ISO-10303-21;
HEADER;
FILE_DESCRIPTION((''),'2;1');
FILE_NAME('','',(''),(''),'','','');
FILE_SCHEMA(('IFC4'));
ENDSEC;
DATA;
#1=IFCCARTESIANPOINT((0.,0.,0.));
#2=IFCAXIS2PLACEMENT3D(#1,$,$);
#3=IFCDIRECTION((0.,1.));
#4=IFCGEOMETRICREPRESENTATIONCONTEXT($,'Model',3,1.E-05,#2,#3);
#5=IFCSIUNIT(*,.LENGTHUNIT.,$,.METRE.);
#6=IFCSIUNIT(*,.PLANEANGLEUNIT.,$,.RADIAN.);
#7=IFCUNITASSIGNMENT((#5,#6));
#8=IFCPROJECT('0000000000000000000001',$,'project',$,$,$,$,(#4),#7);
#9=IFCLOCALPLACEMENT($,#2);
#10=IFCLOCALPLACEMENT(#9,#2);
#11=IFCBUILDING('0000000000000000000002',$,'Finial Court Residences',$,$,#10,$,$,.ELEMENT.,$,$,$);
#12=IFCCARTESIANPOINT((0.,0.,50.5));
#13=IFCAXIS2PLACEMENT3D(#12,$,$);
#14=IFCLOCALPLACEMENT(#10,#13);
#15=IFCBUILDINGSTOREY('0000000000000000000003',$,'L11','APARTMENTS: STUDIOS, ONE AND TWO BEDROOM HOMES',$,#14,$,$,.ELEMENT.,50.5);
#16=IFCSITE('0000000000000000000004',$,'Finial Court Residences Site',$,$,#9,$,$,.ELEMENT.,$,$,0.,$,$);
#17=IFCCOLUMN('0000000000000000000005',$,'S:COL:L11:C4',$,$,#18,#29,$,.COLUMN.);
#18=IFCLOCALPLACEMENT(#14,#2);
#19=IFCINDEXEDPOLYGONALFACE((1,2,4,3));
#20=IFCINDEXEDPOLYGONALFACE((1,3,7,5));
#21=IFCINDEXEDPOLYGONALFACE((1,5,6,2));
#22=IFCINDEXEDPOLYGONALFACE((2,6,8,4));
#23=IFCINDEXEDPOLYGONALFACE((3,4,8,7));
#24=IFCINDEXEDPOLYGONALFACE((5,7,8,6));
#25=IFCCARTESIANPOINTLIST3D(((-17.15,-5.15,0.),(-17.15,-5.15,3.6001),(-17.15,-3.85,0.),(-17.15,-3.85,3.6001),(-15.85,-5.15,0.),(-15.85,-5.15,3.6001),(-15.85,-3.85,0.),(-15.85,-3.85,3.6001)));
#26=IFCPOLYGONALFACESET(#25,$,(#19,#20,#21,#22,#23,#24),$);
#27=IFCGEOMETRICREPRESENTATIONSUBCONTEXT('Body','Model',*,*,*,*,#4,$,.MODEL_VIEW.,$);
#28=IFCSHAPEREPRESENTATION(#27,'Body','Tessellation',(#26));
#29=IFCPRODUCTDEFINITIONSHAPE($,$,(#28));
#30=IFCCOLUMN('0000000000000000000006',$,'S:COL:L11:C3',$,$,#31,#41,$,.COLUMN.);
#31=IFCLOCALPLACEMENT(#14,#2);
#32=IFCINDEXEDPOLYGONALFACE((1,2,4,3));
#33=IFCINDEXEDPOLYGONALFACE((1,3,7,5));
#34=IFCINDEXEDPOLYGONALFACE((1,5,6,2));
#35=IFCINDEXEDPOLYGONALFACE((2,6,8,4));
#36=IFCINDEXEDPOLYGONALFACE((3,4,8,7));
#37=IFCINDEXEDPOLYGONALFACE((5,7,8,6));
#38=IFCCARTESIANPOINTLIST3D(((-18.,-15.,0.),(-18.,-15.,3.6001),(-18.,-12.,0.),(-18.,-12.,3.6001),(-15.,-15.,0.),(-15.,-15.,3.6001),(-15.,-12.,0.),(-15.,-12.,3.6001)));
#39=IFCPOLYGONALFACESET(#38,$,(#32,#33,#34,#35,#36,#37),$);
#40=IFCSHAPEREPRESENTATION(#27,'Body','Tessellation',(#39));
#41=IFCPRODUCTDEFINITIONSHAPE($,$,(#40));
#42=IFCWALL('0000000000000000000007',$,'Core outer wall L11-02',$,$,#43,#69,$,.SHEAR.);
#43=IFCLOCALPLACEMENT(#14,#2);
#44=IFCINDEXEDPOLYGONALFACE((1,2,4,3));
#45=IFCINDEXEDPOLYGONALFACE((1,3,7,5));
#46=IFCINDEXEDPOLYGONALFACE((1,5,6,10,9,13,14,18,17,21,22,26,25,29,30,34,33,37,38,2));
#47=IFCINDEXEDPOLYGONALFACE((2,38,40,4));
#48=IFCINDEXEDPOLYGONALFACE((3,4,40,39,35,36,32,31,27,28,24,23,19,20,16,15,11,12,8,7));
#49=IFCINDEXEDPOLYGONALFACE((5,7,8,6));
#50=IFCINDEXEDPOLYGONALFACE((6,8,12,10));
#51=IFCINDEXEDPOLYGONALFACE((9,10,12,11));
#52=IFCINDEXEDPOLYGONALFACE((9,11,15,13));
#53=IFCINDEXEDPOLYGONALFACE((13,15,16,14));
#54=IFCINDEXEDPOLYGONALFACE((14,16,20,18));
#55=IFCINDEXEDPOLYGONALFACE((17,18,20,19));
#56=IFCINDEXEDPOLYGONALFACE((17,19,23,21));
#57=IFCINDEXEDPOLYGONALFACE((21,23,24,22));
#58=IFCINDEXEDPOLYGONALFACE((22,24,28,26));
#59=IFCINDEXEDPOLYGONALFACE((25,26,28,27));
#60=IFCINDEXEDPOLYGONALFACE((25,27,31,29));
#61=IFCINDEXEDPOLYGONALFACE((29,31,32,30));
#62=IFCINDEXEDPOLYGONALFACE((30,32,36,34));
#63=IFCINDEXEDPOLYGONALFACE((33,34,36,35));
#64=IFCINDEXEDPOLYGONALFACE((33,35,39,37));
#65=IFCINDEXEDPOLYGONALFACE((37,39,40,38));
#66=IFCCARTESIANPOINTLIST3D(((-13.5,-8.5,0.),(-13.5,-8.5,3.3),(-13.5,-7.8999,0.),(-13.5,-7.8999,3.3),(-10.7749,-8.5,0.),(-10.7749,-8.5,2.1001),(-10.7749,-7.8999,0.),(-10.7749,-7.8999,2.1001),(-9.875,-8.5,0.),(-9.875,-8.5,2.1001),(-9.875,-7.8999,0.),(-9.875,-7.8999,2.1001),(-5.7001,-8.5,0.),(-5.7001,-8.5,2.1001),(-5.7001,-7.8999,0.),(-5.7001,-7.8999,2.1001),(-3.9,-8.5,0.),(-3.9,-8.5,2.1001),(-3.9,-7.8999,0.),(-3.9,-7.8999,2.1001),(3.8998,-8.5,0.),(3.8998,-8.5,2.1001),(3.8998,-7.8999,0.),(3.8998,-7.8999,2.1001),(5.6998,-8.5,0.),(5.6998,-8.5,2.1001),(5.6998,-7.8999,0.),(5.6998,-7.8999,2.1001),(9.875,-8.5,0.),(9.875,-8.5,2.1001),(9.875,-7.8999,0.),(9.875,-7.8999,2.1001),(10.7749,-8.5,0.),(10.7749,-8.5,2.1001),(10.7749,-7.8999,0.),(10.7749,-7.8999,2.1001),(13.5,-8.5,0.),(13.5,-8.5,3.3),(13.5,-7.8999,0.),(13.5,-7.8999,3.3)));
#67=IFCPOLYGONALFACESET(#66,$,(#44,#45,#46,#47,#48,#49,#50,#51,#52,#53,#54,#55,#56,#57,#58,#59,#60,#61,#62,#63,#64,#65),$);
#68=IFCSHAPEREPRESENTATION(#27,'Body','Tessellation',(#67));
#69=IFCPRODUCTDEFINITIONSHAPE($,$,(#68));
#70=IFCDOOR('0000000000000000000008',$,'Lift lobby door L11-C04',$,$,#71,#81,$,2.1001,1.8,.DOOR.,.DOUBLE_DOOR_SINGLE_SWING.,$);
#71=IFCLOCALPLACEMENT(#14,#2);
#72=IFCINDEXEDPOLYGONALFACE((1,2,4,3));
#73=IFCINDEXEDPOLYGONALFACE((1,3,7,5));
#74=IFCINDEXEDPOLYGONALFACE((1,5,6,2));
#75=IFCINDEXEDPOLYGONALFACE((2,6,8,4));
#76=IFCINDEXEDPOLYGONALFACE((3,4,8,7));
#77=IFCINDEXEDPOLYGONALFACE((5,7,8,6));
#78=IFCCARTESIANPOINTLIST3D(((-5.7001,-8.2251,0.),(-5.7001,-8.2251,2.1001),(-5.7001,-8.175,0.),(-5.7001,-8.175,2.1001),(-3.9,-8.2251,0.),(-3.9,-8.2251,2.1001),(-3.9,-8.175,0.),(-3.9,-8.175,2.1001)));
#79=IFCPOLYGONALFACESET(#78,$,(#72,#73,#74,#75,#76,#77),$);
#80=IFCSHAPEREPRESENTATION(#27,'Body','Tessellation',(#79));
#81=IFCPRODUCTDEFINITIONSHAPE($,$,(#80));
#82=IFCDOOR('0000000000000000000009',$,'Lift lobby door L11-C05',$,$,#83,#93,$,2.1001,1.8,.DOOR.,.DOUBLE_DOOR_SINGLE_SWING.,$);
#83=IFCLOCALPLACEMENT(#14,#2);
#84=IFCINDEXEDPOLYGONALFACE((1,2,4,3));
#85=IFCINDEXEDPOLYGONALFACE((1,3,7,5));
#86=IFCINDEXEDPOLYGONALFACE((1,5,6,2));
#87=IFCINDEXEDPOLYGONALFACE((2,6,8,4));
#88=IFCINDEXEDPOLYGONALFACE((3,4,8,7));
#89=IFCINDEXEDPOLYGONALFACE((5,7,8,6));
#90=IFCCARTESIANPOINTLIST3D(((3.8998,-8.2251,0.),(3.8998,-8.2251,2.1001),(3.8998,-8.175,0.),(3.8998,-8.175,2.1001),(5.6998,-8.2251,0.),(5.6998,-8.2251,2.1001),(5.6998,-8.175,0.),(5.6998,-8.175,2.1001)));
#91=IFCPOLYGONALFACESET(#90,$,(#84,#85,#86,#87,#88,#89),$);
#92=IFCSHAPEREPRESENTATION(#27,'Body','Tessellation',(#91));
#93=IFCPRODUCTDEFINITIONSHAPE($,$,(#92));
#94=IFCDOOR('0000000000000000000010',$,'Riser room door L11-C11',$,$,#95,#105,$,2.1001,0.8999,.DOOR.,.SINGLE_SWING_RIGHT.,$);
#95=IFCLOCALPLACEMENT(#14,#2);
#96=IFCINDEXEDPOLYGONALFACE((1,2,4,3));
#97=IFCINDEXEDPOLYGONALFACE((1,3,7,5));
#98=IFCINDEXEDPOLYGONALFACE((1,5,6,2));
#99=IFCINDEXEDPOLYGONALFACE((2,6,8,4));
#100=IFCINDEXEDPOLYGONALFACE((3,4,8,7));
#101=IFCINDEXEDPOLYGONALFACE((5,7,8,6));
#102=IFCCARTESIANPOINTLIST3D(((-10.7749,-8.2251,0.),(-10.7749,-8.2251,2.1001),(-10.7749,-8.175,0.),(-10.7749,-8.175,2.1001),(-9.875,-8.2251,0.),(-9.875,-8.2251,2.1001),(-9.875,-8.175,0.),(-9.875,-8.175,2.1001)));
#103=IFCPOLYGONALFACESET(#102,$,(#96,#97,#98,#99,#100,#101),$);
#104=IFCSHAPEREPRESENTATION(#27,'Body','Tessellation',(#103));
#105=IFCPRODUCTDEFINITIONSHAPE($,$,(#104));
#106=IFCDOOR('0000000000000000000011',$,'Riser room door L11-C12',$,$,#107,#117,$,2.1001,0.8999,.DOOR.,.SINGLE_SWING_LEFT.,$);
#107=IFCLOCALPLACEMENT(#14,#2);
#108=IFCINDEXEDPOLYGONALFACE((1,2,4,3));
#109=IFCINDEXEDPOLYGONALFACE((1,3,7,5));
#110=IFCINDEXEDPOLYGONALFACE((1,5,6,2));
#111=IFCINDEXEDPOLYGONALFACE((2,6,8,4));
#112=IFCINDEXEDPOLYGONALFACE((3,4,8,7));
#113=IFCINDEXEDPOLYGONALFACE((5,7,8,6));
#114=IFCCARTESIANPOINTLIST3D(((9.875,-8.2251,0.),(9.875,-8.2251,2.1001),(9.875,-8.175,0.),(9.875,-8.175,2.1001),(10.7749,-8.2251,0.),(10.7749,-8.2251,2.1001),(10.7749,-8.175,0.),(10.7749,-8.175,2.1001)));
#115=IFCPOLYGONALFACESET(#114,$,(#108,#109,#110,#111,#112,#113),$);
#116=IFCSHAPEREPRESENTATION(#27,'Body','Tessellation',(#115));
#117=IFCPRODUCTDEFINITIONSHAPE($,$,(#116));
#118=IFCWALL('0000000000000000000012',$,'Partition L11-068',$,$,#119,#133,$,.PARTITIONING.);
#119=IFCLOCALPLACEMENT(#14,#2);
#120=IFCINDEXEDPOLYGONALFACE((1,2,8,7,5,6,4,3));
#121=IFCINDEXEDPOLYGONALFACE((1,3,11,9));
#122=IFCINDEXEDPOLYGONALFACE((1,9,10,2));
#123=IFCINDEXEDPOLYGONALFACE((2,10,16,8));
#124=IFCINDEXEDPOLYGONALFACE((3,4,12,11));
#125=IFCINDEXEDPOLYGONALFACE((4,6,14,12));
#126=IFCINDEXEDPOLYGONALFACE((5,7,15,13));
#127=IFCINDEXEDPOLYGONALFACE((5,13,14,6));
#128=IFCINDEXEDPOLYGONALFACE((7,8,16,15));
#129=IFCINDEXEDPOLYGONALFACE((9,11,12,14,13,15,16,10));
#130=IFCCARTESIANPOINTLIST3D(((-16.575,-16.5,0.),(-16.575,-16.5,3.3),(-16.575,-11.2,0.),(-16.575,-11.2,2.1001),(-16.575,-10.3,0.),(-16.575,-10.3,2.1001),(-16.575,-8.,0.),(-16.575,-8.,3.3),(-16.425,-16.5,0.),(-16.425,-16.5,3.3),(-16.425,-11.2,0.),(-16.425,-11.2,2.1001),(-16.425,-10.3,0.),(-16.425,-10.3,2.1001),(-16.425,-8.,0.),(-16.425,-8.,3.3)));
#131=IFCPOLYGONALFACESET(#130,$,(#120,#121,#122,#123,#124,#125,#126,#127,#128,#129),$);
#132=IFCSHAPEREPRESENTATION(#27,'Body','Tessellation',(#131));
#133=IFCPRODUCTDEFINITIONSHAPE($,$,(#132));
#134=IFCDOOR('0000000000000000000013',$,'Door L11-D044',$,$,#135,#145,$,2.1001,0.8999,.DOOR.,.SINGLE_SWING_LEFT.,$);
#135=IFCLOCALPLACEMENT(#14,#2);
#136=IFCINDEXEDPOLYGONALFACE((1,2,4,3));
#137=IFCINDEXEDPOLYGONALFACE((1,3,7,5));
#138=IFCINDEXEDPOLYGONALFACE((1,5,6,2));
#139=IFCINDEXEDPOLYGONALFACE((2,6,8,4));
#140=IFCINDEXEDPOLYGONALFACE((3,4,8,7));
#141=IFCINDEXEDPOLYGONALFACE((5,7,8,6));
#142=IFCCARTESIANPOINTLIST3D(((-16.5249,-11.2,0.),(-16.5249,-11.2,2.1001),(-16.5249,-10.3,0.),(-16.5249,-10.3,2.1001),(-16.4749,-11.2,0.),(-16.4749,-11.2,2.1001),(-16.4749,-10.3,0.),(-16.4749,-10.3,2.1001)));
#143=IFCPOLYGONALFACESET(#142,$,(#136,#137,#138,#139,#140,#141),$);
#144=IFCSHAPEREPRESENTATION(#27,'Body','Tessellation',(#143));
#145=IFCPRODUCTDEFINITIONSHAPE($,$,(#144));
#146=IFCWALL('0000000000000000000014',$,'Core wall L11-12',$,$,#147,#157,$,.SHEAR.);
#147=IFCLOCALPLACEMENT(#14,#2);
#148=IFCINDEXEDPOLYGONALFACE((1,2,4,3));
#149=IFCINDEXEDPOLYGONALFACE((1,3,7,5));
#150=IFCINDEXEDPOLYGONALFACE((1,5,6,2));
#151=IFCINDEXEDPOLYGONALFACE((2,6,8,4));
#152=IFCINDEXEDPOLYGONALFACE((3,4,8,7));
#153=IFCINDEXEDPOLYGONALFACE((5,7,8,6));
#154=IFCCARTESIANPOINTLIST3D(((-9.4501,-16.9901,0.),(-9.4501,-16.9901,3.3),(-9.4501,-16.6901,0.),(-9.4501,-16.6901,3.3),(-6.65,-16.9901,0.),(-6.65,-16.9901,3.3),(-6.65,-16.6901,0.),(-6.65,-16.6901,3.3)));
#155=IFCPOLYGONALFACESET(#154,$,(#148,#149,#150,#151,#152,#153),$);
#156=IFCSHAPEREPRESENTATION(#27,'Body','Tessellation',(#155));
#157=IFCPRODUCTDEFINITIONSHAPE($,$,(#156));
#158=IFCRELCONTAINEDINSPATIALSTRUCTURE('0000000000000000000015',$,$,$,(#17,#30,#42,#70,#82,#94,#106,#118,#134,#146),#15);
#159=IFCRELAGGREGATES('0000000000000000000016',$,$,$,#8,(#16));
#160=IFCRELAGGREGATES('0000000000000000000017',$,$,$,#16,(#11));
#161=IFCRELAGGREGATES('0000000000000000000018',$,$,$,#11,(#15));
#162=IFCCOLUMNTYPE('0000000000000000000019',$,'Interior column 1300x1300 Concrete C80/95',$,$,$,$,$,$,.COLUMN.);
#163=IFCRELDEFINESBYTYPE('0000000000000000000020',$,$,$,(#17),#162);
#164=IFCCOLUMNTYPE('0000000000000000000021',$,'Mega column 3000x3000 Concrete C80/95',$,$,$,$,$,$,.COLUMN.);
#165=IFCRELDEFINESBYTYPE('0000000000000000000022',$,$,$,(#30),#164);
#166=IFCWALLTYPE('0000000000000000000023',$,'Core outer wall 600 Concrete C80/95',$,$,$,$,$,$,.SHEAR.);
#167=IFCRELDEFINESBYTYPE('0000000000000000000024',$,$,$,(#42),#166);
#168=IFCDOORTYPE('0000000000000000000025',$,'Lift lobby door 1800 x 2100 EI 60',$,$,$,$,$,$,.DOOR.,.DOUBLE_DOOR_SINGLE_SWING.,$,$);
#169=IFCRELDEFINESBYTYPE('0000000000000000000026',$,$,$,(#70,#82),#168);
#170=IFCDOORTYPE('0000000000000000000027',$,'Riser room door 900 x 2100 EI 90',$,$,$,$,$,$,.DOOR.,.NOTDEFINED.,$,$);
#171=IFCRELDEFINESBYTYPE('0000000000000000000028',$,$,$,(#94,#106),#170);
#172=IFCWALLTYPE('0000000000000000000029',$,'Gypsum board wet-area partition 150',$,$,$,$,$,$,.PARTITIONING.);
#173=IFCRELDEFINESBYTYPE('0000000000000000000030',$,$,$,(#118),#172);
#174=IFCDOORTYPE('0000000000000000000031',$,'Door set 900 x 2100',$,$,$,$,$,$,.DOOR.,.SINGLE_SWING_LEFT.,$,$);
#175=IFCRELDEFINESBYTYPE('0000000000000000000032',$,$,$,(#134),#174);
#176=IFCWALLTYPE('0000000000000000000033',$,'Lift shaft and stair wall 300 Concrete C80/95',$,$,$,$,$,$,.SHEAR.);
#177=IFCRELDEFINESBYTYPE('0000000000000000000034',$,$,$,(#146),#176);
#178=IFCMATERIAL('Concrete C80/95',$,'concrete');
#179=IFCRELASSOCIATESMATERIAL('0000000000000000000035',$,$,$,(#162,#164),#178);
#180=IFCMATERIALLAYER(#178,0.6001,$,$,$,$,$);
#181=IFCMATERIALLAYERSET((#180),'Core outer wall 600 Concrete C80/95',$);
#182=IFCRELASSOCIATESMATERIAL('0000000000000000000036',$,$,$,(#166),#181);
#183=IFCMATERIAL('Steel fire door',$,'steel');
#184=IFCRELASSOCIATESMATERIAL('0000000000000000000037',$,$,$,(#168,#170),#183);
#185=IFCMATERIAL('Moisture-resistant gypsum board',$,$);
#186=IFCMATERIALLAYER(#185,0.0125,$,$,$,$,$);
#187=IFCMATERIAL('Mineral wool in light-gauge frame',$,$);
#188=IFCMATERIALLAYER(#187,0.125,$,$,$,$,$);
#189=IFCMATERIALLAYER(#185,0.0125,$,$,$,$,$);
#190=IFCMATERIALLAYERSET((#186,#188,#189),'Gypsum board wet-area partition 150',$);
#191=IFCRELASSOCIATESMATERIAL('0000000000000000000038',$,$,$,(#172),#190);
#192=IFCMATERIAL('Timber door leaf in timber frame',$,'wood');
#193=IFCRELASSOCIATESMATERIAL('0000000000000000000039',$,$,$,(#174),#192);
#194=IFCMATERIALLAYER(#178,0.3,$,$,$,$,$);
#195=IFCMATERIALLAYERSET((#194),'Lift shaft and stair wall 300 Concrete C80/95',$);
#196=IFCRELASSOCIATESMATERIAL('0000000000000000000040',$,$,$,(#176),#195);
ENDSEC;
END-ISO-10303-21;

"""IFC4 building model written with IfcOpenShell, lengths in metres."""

from ifc_helpers import new_model, si_unit, direction, frame, frame_2d, origin, origin_2d, place, context, subcontext, project, spatial, rectangle, extrude, material, layer, layer_set, material_profile, profile_set, type_object, element, fill, save


model = new_model("IFC4")

# Units and contexts
model_context = context("Model", 3, precision=1e-05, world=origin(), true_north=direction((0.0, 1.0)))
body_context = subcontext(model_context, "Body", "Model", "MODEL_VIEW")
ifc_project = project(units=[si_unit("LENGTHUNIT", "METRE"), si_unit("PLANEANGLEUNIT", "RADIAN")], contexts=[model_context])

# Site, building, storey
site_placement = place(None, origin())
site = spatial("IfcSite", under=ifc_project, at=site_placement, Name="Finial Court Residences Site", CompositionType="ELEMENT", RefElevation=0.0)
building_placement = place(site_placement, origin())
building = spatial("IfcBuilding", under=site, at=building_placement, Name="Finial Court Residences", CompositionType="ELEMENT")
storey_placement = place(building_placement, frame((0.0, 0.0, 50.5)))
storey = spatial("IfcBuildingStorey", under=building, at=storey_placement, Name="L11", Description="APARTMENTS: STUDIOS, ONE AND TWO BEDROOM HOMES", CompositionType="ELEMENT", Elevation=50.5)

# Columns
ifc_material_1 = material(Name="Concrete C80/95", Category="concrete")
ifc_material_profile_1 = material_profile(ifc_material_1, rectangle(XDim=1.3, YDim=1.3, at=origin_2d()), Name="1300x1300")
ifc_profile_set_1 = profile_set([ifc_material_profile_1], Name="Concrete C80/95")
column_type_1 = type_object("IfcColumnType", Name="Interior column 1300x1300 Concrete C80/95", PredefinedType="COLUMN", material=ifc_profile_set_1)
column_1_placement = place(storey_placement, frame((-16.5, -4.5, 0.0), z_axis=(0.0, 0.0, 1.0), x_axis=(1.0, 0.0, 0.0)))
element("IfcColumn", 1, at=column_1_placement, inside=storey, type_object=column_type_1, Name="S:COL:L11:C4", PredefinedType="COLUMN", context=body_context, shape_type="SweptSolid", body=[
    extrude(rectangle(XDim=1.3, YDim=1.3, at=origin_2d()), origin(), (0.0, 0.0, 1.0), 3.6001),
])
ifc_material_profile_2 = material_profile(ifc_material_1, rectangle(XDim=3.0, YDim=3.0, at=origin_2d()), Name="3000x3000")
ifc_profile_set_2 = profile_set([ifc_material_profile_2], Name="Concrete C80/95")
column_type_2 = type_object("IfcColumnType", Name="Mega column 3000x3000 Concrete C80/95", PredefinedType="COLUMN", material=ifc_profile_set_2)
column_2_placement = place(storey_placement, frame((-16.5, -13.5, 0.0), z_axis=(0.0, 0.0, 1.0), x_axis=(1.0, 0.0, 0.0)))
element("IfcColumn", 2, at=column_2_placement, inside=storey, type_object=column_type_2, Name="S:COL:L11:C3", PredefinedType="COLUMN", context=body_context, shape_type="SweptSolid", body=[
    extrude(rectangle(XDim=3.0, YDim=3.0, at=origin_2d()), origin(), (0.0, 0.0, 1.0), 3.6001),
])

# Wall, openings, doors
ifc_layer_1 = layer(ifc_material_1, 0.6001)
ifc_layer_set_1 = layer_set([ifc_layer_1], Name="Core outer wall 600 Concrete C80/95")
wall_type_1 = type_object("IfcWallType", Name="Core outer wall 600 Concrete C80/95", PredefinedType="SHEAR", material=ifc_layer_set_1)
wall_1_placement = place(storey_placement, frame((-13.5, -8.2, 0.0), z_axis=(0.0, 0.0, 1.0), x_axis=(1.0, 0.0, 0.0)))
wall_1 = element("IfcWall", 3, at=wall_1_placement, inside=storey, type_object=wall_type_1, Name="Core outer wall L11-02", PredefinedType="SHEAR", context=body_context, shape_type="SweptSolid", body=[
    extrude(rectangle(XDim=27.0, YDim=0.6001, at=frame_2d((13.5, 0.0))), origin(), (0.0, 0.0, 1.0), 3.3),
])
opening_1_placement = place(wall_1_placement, frame((7.8, 0.0, 0.0)))
opening_1 = element("IfcOpeningElement", 4, at=opening_1_placement, cuts=wall_1, PredefinedType="OPENING", context=body_context, shape_type="SweptSolid", body=[
    extrude(rectangle(XDim=1.8, YDim=2.1001, at=frame_2d((0.8999, 1.05))), frame((0.0, 0.3101, 0.0), z_axis=(0.0, -1.0, 0.0), x_axis=(1.0, 0.0, 0.0)), (0.0, 0.0, 1.0), 0.6201),
])
opening_2_placement = place(wall_1_placement, frame((17.3999, 0.0, 0.0)))
opening_2 = element("IfcOpeningElement", 5, at=opening_2_placement, cuts=wall_1, PredefinedType="OPENING", context=body_context, shape_type="SweptSolid", body=[
    extrude(rectangle(XDim=1.8, YDim=2.1001, at=frame_2d((0.8999, 1.05))), frame((0.0, 0.3101, 0.0), z_axis=(0.0, -1.0, 0.0), x_axis=(1.0, 0.0, 0.0)), (0.0, 0.0, 1.0), 0.6201),
])
opening_3_placement = place(wall_1_placement, frame((2.7251, 0.0, 0.0)))
opening_3 = element("IfcOpeningElement", 6, at=opening_3_placement, cuts=wall_1, PredefinedType="OPENING", context=body_context, shape_type="SweptSolid", body=[
    extrude(rectangle(XDim=0.8999, YDim=2.1001, at=frame_2d((0.45, 1.05))), frame((0.0, 0.3101, 0.0), z_axis=(0.0, -1.0, 0.0), x_axis=(1.0, 0.0, 0.0)), (0.0, 0.0, 1.0), 0.6201),
])
opening_4_placement = place(wall_1_placement, frame((23.375, 0.0, 0.0)))
opening_4 = element("IfcOpeningElement", 7, at=opening_4_placement, cuts=wall_1, PredefinedType="OPENING", context=body_context, shape_type="SweptSolid", body=[
    extrude(rectangle(XDim=0.8999, YDim=2.1001, at=frame_2d((0.45, 1.05))), frame((0.0, 0.3101, 0.0), z_axis=(0.0, -1.0, 0.0), x_axis=(1.0, 0.0, 0.0)), (0.0, 0.0, 1.0), 0.6201),
])
ifc_material_2 = material(Name="Steel fire door", Category="steel")
door_type_1 = type_object("IfcDoorType", Name="Lift lobby door 1800 x 2100 EI 60", OperationType="DOUBLE_DOOR_SINGLE_SWING", PredefinedType="DOOR", material=ifc_material_2)
door_1_placement = place(opening_1_placement, origin())
door_1 = element("IfcDoor", 8, at=door_1_placement, inside=storey, type_object=door_type_1, Name="Lift lobby door L11-C04", OperationType="DOUBLE_DOOR_SINGLE_SWING", OverallHeight=2.1001, OverallWidth=1.8, PredefinedType="DOOR", context=body_context, shape_type="SweptSolid", body=[
    extrude(rectangle(XDim=1.8, YDim=2.1001, at=frame_2d((0.8999, 1.05))), frame((0.0, 0.0249, 0.0), z_axis=(0.0, -1.0, 0.0), x_axis=(1.0, 0.0, 0.0)), (0.0, 0.0, 1.0), 0.05),
])
fill(opening_1, door_1)
door_2_placement = place(opening_2_placement, origin())
door_2 = element("IfcDoor", 9, at=door_2_placement, inside=storey, type_object=door_type_1, Name="Lift lobby door L11-C05", OperationType="DOUBLE_DOOR_SINGLE_SWING", OverallHeight=2.1001, OverallWidth=1.8, PredefinedType="DOOR", context=body_context, shape_type="SweptSolid", body=[
    extrude(rectangle(XDim=1.8, YDim=2.1001, at=frame_2d((0.8999, 1.05))), frame((0.0, 0.0249, 0.0), z_axis=(0.0, -1.0, 0.0), x_axis=(1.0, 0.0, 0.0)), (0.0, 0.0, 1.0), 0.05),
])
fill(opening_2, door_2)
door_type_2 = type_object("IfcDoorType", Name="Riser room door 900 x 2100 EI 90", OperationType="NOTDEFINED", PredefinedType="DOOR", material=ifc_material_2)
door_3_placement = place(opening_3_placement, origin())
door_3 = element("IfcDoor", 10, at=door_3_placement, inside=storey, type_object=door_type_2, Name="Riser room door L11-C11", OperationType="SINGLE_SWING_RIGHT", OverallHeight=2.1001, OverallWidth=0.8999, PredefinedType="DOOR", context=body_context, shape_type="SweptSolid", body=[
    extrude(rectangle(XDim=0.8999, YDim=2.1001, at=frame_2d((0.45, 1.05))), frame((0.0, 0.0249, 0.0), z_axis=(0.0, -1.0, 0.0), x_axis=(1.0, 0.0, 0.0)), (0.0, 0.0, 1.0), 0.05),
])
fill(opening_3, door_3)
door_4_placement = place(opening_4_placement, origin())
door_4 = element("IfcDoor", 11, at=door_4_placement, inside=storey, type_object=door_type_2, Name="Riser room door L11-C12", OperationType="SINGLE_SWING_LEFT", OverallHeight=2.1001, OverallWidth=0.8999, PredefinedType="DOOR", context=body_context, shape_type="SweptSolid", body=[
    extrude(rectangle(XDim=0.8999, YDim=2.1001, at=frame_2d((0.45, 1.05))), frame((0.0, 0.0249, 0.0), z_axis=(0.0, -1.0, 0.0), x_axis=(1.0, 0.0, 0.0)), (0.0, 0.0, 1.0), 0.05),
])
fill(opening_4, door_4)

# Wall, opening, door
ifc_material_3 = material(Name="Moisture-resistant gypsum board")
ifc_layer_2 = layer(ifc_material_3, 0.0125)
ifc_material_4 = material(Name="Mineral wool in light-gauge frame")
ifc_layer_3 = layer(ifc_material_4, 0.125)
ifc_layer_4 = layer(ifc_material_3, 0.0125)
ifc_layer_set_2 = layer_set([ifc_layer_2, ifc_layer_3, ifc_layer_4], Name="Gypsum board wet-area partition 150")
wall_type_2 = type_object("IfcWallType", Name="Gypsum board wet-area partition 150", PredefinedType="PARTITIONING", material=ifc_layer_set_2)
wall_2_placement = place(storey_placement, frame((-16.5, -16.5, 0.0), z_axis=(0.0, 0.0, 1.0), x_axis=(0.0, 1.0, 0.0)))
wall_2 = element("IfcWall", 12, at=wall_2_placement, inside=storey, type_object=wall_type_2, Name="Partition L11-068", PredefinedType="PARTITIONING", context=body_context, shape_type="SweptSolid", body=[
    extrude(rectangle(XDim=8.5, YDim=0.1499, at=frame_2d((4.25, 0.0))), origin(), (0.0, 0.0, 1.0), 3.3),
])
opening_5_placement = place(wall_2_placement, frame((5.3, 0.0, 0.0)))
opening_5 = element("IfcOpeningElement", 13, at=opening_5_placement, cuts=wall_2, PredefinedType="OPENING", context=body_context, shape_type="SweptSolid", body=[
    extrude(rectangle(XDim=0.8999, YDim=2.1001, at=frame_2d((0.45, 1.05))), frame((0.0, 0.085, 0.0), z_axis=(0.0, -1.0, 0.0), x_axis=(1.0, 0.0, 0.0)), (0.0, 0.0, 1.0), 0.1699),
])
ifc_material_5 = material(Name="Timber door leaf in timber frame", Category="wood")
door_type_3 = type_object("IfcDoorType", Name="Door set 900 x 2100", OperationType="SINGLE_SWING_LEFT", PredefinedType="DOOR", material=ifc_material_5)
door_5_placement = place(opening_5_placement, origin())
door_5 = element("IfcDoor", 14, at=door_5_placement, inside=storey, type_object=door_type_3, Name="Door L11-D044", OperationType="SINGLE_SWING_LEFT", OverallHeight=2.1001, OverallWidth=0.8999, PredefinedType="DOOR", context=body_context, shape_type="SweptSolid", body=[
    extrude(rectangle(XDim=0.8999, YDim=2.1001, at=frame_2d((0.45, 1.05))), frame((0.0, 0.0249, 0.0), z_axis=(0.0, -1.0, 0.0), x_axis=(1.0, 0.0, 0.0)), (0.0, 0.0, 1.0), 0.05),
])
fill(opening_5, door_5)

# Wall
ifc_layer_5 = layer(ifc_material_1, 0.3)
ifc_layer_set_3 = layer_set([ifc_layer_5], Name="Lift shaft and stair wall 300 Concrete C80/95")
wall_type_3 = type_object("IfcWallType", Name="Lift shaft and stair wall 300 Concrete C80/95", PredefinedType="SHEAR", material=ifc_layer_set_3)
for number, where, z_axis, x_axis, name in (
    (15, (-9.45, -16.8401, 0.0), (0.0, 0.0, 1.0), (1.0, 0.0, 0.0), "Core wall L11-12"),
):
    element("IfcWall", number, at=place(storey_placement, frame(where, z_axis=z_axis, x_axis=x_axis)), inside=storey, type_object=wall_type_3, Name=name, PredefinedType="SHEAR", context=body_context, shape_type="SweptSolid", body=[
        extrude(rectangle(XDim=2.8, YDim=0.3, at=frame_2d((1.3999, 0.0))), origin(), (0.0, 0.0, 1.0), 3.3),
    ])

save(model, "model.ifc")
